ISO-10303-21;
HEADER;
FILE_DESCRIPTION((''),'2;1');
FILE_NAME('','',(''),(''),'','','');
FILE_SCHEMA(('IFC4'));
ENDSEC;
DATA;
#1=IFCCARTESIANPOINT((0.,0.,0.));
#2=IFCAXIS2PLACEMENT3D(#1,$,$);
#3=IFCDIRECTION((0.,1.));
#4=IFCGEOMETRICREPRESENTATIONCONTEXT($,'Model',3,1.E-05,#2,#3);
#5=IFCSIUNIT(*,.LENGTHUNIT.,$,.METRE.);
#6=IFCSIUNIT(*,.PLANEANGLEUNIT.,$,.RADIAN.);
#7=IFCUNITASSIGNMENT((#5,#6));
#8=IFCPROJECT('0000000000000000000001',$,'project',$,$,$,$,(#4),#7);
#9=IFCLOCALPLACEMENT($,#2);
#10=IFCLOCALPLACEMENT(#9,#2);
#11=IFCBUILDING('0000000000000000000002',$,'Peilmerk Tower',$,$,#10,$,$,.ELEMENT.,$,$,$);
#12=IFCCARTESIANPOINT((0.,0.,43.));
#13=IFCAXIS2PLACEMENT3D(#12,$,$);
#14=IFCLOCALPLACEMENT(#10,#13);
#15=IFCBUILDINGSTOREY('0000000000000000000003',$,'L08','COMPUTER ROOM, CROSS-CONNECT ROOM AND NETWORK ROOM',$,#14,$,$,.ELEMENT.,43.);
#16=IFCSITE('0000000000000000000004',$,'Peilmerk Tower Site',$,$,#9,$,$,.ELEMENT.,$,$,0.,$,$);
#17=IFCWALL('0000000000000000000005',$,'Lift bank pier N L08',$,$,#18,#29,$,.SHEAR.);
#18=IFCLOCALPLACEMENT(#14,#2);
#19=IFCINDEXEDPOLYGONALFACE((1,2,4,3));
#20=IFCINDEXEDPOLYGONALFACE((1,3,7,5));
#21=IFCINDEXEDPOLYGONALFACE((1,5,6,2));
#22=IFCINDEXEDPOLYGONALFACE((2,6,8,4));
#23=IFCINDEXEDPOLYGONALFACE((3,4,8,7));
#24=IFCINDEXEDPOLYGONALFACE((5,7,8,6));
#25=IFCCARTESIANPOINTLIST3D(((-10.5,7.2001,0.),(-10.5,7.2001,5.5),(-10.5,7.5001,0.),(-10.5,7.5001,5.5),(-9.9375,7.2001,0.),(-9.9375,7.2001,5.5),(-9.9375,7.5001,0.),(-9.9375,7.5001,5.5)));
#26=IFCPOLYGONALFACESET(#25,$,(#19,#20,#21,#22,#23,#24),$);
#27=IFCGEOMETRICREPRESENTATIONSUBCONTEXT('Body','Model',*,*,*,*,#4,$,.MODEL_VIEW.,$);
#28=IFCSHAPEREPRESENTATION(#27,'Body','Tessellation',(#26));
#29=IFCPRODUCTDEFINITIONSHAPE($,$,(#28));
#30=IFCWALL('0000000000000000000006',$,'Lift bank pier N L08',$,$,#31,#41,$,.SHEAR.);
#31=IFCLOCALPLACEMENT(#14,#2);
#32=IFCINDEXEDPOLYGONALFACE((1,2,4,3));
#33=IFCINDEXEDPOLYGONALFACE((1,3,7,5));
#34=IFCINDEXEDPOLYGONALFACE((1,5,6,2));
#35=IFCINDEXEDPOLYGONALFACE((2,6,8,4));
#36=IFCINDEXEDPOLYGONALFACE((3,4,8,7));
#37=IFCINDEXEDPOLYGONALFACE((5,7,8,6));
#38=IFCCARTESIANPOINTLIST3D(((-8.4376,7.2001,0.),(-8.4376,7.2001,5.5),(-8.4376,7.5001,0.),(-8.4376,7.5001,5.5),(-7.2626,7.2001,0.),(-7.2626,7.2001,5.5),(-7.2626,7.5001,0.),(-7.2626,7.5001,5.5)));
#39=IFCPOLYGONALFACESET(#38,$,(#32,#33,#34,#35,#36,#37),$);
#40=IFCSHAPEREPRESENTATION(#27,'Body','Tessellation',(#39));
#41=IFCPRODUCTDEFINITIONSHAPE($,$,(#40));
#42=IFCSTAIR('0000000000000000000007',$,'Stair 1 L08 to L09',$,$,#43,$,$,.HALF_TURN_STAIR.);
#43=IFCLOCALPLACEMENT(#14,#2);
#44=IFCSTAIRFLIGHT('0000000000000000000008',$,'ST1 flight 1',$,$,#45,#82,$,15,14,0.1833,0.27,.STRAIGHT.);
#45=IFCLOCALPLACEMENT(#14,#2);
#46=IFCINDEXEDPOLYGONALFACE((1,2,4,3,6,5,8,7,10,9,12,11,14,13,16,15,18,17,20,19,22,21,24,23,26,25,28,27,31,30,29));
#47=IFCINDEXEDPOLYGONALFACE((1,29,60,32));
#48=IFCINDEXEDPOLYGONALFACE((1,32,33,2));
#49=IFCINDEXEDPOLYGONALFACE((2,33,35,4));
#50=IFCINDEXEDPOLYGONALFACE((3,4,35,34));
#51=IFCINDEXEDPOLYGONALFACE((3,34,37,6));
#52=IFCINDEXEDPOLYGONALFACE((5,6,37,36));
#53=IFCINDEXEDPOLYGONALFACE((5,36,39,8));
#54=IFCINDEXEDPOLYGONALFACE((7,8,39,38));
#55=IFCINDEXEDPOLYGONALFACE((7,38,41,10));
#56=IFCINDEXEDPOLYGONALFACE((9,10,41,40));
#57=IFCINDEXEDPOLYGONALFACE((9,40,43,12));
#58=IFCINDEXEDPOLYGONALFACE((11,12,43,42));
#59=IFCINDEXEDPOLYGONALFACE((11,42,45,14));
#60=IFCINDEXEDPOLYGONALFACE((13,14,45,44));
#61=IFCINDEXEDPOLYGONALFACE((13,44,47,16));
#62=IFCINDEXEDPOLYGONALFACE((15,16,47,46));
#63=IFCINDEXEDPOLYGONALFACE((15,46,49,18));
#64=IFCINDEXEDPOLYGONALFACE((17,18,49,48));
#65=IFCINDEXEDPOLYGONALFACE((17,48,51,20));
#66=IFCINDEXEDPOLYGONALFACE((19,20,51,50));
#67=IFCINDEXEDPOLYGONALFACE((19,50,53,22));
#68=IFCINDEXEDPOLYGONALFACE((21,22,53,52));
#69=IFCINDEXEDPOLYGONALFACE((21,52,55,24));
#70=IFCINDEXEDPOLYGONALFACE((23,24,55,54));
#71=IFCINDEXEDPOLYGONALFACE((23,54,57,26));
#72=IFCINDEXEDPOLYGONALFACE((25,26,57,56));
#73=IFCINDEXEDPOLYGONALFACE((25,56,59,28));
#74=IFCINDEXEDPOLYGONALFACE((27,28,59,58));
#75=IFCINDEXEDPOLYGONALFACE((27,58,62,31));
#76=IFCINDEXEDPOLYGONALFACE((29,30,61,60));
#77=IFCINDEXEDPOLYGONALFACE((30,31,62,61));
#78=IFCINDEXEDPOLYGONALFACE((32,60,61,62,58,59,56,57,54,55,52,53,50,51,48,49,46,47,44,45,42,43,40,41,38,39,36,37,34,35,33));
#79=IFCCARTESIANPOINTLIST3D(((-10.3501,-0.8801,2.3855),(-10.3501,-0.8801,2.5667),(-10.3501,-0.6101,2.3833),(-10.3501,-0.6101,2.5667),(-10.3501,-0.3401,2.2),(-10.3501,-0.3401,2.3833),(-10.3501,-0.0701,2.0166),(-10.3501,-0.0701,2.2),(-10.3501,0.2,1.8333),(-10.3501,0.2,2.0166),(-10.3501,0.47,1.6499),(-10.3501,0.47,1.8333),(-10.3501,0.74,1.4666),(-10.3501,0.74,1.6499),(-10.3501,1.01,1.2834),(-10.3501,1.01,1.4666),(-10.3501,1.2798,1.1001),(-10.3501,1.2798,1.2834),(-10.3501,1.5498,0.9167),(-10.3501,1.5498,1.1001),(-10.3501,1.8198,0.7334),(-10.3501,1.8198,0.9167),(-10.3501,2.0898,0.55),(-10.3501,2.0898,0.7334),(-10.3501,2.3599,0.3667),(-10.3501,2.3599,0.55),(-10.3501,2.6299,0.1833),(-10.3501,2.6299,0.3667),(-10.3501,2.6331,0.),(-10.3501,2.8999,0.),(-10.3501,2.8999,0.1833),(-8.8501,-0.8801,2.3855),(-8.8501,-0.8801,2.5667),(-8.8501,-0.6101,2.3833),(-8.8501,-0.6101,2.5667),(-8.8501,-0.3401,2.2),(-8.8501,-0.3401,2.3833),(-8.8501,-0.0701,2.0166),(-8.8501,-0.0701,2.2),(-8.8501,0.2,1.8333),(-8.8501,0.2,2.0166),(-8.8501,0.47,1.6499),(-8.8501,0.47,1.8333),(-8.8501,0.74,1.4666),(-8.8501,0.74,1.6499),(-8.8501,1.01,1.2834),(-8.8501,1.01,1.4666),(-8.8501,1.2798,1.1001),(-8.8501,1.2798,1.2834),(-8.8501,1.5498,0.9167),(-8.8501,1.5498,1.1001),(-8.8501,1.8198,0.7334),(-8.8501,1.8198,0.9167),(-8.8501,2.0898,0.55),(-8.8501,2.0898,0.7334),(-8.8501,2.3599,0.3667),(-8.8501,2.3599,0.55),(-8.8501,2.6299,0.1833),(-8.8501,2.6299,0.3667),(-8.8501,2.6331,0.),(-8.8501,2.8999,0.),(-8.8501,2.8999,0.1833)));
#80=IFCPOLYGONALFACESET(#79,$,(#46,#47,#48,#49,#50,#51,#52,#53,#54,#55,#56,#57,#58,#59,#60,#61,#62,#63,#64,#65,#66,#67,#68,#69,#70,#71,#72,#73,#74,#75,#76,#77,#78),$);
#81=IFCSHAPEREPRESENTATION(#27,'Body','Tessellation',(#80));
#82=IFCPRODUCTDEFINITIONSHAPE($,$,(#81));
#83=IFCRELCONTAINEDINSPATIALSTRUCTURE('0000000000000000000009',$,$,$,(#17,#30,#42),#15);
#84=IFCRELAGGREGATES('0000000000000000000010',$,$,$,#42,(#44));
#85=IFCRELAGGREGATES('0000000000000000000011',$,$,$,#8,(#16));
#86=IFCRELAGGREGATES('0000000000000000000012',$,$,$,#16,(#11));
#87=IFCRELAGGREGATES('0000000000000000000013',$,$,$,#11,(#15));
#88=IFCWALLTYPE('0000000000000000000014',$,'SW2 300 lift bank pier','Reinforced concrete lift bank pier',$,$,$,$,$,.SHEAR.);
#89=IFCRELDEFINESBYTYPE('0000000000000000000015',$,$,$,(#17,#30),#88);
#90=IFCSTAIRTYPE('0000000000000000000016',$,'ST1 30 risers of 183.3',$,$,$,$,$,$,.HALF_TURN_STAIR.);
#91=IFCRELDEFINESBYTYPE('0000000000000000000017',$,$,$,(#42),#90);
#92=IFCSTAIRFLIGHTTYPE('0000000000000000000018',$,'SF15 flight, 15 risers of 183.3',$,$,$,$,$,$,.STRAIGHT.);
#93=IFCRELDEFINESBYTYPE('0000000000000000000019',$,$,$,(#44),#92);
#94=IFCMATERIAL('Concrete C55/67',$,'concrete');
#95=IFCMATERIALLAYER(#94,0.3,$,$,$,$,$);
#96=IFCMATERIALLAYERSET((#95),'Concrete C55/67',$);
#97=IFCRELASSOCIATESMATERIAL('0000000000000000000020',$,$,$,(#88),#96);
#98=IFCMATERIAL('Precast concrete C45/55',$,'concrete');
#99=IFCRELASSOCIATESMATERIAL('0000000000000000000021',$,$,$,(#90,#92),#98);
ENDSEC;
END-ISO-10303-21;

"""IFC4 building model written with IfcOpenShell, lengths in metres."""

from ifc_helpers import new_model, si_unit, direction, frame, frame_2d, origin, place, context, subcontext, project, spatial, polyline, rectangle, outline, extrude, material, layer, layer_set, type_object, element, aggregate, save


model = new_model("IFC4")

# Units and contexts
model_context = context("Model", 3, precision=1e-05, world=origin(), true_north=direction((0.0, 1.0)))
body_context = subcontext(model_context, "Body", "Model", "MODEL_VIEW")
ifc_project = project(units=[si_unit("LENGTHUNIT", "METRE"), si_unit("PLANEANGLEUNIT", "RADIAN")], contexts=[model_context])

# Site, building, storey
site_placement = place(None, origin())
site = spatial("IfcSite", under=ifc_project, at=site_placement, Name="Peilmerk Tower Site", CompositionType="ELEMENT", RefElevation=0.0)
building_placement = place(site_placement, origin())
building = spatial("IfcBuilding", under=site, at=building_placement, Name="Peilmerk Tower", CompositionType="ELEMENT")
storey_placement = place(building_placement, frame((0.0, 0.0, 43.0)))
storey = spatial("IfcBuildingStorey", under=building, at=storey_placement, Name="L08", Description="COMPUTER ROOM, CROSS-CONNECT ROOM AND NETWORK ROOM", CompositionType="ELEMENT", Elevation=43.0)

# Walls
ifc_material_1 = material(Name="Concrete C55/67", Category="concrete")
ifc_layer_1 = layer(ifc_material_1, 0.3)
ifc_layer_set_1 = layer_set([ifc_layer_1], Name="Concrete C55/67")
wall_type_1 = type_object("IfcWallType", Name="SW2 300 lift bank pier", Description="Reinforced concrete lift bank pier", PredefinedType="SHEAR", material=ifc_layer_set_1)
wall_1_placement = place(storey_placement, frame((-10.5, 7.3501, 0.0), z_axis=(0.0, 0.0, 1.0), x_axis=(1.0, 0.0, 0.0)))
element("IfcWall", 1, at=wall_1_placement, inside=storey, type_object=wall_type_1, Name="Lift bank pier N L08", PredefinedType="SHEAR", context=body_context, shape_type="SweptSolid", body=[
    extrude(rectangle(XDim=0.5625, YDim=0.3, at=frame_2d((0.2812, 0.0))), origin(), (0.0, 0.0, 1.0), 5.5),
])
wall_2_placement = place(storey_placement, frame((-8.4375, 7.3501, 0.0), z_axis=(0.0, 0.0, 1.0), x_axis=(1.0, 0.0, 0.0)))
element("IfcWall", 2, at=wall_2_placement, inside=storey, type_object=wall_type_1, Name="Lift bank pier N L08", PredefinedType="SHEAR", context=body_context, shape_type="SweptSolid", body=[
    extrude(rectangle(XDim=1.175, YDim=0.3, at=frame_2d((0.5874, 0.0))), origin(), (0.0, 0.0, 1.0), 5.5),
])

# Stair, stair flight
ifc_material_2 = material(Name="Precast concrete C45/55", Category="concrete")
stair_type = type_object("IfcStairType", Name="ST1 30 risers of 183.3", PredefinedType="HALF_TURN_STAIR", material=ifc_material_2)
stair_placement = place(storey_placement, origin())
stair = element("IfcStair", 3, at=stair_placement, inside=storey, type_object=stair_type, Name="Stair 1 L08 to L09", PredefinedType="HALF_TURN_STAIR")
stair_flight_type = type_object("IfcStairFlightType", Name="SF15 flight, 15 risers of 183.3", PredefinedType="STRAIGHT", material=ifc_material_2)
stair_flight_placement = place(storey_placement, frame((-9.6001, 2.8999, 0.0), z_axis=(0.0, 0.0, 1.0), x_axis=(0.0, -1.0, 0.0)))
stair_flight = element("IfcStairFlight", 4, at=stair_flight_placement, type_object=stair_flight_type, Name="ST1 flight 1", NumberOfRisers=15, NumberOfTreads=14, PredefinedType="STRAIGHT", RiserHeight=0.1833, TreadLength=0.27, context=body_context, shape_type="SweptSolid", body=[
    extrude(outline(polyline([(0.0, 0.0), (0.0, 0.1833), (0.27, 0.1833), (0.27, 0.3667), (0.54, 0.3667), (0.54, 0.55), (0.8101, 0.55), (0.8101, 0.7334), (1.0801, 0.7334), (1.0801, 0.9167), (1.3501, 0.9167), (1.3501, 1.1001), (1.6201, 1.1001), (1.6201, 1.2834), (1.8899, 1.2834), (1.8899, 1.4666), (2.1599, 1.4666), (2.1599, 1.6499), (2.4299, 1.6499), (2.4299, 1.8333), (2.7, 1.8333), (2.7, 2.0166), (2.97, 2.0166), (2.97, 2.2), (3.24, 2.2), (3.24, 2.3833), (3.51, 2.3833), (3.51, 2.5667), (3.78, 2.5667), (3.78, 2.75), (3.78, 2.3855), (0.2668, 0.0), (0.0, 0.0)])), frame((0.0, 0.75, 0.0), z_axis=(0.0, -1.0, 0.0), x_axis=(1.0, 0.0, 0.0)), (0.0, 0.0, 1.0), 1.5),
])
aggregate(stair, [stair_flight])

save(model, "model.ifc")
